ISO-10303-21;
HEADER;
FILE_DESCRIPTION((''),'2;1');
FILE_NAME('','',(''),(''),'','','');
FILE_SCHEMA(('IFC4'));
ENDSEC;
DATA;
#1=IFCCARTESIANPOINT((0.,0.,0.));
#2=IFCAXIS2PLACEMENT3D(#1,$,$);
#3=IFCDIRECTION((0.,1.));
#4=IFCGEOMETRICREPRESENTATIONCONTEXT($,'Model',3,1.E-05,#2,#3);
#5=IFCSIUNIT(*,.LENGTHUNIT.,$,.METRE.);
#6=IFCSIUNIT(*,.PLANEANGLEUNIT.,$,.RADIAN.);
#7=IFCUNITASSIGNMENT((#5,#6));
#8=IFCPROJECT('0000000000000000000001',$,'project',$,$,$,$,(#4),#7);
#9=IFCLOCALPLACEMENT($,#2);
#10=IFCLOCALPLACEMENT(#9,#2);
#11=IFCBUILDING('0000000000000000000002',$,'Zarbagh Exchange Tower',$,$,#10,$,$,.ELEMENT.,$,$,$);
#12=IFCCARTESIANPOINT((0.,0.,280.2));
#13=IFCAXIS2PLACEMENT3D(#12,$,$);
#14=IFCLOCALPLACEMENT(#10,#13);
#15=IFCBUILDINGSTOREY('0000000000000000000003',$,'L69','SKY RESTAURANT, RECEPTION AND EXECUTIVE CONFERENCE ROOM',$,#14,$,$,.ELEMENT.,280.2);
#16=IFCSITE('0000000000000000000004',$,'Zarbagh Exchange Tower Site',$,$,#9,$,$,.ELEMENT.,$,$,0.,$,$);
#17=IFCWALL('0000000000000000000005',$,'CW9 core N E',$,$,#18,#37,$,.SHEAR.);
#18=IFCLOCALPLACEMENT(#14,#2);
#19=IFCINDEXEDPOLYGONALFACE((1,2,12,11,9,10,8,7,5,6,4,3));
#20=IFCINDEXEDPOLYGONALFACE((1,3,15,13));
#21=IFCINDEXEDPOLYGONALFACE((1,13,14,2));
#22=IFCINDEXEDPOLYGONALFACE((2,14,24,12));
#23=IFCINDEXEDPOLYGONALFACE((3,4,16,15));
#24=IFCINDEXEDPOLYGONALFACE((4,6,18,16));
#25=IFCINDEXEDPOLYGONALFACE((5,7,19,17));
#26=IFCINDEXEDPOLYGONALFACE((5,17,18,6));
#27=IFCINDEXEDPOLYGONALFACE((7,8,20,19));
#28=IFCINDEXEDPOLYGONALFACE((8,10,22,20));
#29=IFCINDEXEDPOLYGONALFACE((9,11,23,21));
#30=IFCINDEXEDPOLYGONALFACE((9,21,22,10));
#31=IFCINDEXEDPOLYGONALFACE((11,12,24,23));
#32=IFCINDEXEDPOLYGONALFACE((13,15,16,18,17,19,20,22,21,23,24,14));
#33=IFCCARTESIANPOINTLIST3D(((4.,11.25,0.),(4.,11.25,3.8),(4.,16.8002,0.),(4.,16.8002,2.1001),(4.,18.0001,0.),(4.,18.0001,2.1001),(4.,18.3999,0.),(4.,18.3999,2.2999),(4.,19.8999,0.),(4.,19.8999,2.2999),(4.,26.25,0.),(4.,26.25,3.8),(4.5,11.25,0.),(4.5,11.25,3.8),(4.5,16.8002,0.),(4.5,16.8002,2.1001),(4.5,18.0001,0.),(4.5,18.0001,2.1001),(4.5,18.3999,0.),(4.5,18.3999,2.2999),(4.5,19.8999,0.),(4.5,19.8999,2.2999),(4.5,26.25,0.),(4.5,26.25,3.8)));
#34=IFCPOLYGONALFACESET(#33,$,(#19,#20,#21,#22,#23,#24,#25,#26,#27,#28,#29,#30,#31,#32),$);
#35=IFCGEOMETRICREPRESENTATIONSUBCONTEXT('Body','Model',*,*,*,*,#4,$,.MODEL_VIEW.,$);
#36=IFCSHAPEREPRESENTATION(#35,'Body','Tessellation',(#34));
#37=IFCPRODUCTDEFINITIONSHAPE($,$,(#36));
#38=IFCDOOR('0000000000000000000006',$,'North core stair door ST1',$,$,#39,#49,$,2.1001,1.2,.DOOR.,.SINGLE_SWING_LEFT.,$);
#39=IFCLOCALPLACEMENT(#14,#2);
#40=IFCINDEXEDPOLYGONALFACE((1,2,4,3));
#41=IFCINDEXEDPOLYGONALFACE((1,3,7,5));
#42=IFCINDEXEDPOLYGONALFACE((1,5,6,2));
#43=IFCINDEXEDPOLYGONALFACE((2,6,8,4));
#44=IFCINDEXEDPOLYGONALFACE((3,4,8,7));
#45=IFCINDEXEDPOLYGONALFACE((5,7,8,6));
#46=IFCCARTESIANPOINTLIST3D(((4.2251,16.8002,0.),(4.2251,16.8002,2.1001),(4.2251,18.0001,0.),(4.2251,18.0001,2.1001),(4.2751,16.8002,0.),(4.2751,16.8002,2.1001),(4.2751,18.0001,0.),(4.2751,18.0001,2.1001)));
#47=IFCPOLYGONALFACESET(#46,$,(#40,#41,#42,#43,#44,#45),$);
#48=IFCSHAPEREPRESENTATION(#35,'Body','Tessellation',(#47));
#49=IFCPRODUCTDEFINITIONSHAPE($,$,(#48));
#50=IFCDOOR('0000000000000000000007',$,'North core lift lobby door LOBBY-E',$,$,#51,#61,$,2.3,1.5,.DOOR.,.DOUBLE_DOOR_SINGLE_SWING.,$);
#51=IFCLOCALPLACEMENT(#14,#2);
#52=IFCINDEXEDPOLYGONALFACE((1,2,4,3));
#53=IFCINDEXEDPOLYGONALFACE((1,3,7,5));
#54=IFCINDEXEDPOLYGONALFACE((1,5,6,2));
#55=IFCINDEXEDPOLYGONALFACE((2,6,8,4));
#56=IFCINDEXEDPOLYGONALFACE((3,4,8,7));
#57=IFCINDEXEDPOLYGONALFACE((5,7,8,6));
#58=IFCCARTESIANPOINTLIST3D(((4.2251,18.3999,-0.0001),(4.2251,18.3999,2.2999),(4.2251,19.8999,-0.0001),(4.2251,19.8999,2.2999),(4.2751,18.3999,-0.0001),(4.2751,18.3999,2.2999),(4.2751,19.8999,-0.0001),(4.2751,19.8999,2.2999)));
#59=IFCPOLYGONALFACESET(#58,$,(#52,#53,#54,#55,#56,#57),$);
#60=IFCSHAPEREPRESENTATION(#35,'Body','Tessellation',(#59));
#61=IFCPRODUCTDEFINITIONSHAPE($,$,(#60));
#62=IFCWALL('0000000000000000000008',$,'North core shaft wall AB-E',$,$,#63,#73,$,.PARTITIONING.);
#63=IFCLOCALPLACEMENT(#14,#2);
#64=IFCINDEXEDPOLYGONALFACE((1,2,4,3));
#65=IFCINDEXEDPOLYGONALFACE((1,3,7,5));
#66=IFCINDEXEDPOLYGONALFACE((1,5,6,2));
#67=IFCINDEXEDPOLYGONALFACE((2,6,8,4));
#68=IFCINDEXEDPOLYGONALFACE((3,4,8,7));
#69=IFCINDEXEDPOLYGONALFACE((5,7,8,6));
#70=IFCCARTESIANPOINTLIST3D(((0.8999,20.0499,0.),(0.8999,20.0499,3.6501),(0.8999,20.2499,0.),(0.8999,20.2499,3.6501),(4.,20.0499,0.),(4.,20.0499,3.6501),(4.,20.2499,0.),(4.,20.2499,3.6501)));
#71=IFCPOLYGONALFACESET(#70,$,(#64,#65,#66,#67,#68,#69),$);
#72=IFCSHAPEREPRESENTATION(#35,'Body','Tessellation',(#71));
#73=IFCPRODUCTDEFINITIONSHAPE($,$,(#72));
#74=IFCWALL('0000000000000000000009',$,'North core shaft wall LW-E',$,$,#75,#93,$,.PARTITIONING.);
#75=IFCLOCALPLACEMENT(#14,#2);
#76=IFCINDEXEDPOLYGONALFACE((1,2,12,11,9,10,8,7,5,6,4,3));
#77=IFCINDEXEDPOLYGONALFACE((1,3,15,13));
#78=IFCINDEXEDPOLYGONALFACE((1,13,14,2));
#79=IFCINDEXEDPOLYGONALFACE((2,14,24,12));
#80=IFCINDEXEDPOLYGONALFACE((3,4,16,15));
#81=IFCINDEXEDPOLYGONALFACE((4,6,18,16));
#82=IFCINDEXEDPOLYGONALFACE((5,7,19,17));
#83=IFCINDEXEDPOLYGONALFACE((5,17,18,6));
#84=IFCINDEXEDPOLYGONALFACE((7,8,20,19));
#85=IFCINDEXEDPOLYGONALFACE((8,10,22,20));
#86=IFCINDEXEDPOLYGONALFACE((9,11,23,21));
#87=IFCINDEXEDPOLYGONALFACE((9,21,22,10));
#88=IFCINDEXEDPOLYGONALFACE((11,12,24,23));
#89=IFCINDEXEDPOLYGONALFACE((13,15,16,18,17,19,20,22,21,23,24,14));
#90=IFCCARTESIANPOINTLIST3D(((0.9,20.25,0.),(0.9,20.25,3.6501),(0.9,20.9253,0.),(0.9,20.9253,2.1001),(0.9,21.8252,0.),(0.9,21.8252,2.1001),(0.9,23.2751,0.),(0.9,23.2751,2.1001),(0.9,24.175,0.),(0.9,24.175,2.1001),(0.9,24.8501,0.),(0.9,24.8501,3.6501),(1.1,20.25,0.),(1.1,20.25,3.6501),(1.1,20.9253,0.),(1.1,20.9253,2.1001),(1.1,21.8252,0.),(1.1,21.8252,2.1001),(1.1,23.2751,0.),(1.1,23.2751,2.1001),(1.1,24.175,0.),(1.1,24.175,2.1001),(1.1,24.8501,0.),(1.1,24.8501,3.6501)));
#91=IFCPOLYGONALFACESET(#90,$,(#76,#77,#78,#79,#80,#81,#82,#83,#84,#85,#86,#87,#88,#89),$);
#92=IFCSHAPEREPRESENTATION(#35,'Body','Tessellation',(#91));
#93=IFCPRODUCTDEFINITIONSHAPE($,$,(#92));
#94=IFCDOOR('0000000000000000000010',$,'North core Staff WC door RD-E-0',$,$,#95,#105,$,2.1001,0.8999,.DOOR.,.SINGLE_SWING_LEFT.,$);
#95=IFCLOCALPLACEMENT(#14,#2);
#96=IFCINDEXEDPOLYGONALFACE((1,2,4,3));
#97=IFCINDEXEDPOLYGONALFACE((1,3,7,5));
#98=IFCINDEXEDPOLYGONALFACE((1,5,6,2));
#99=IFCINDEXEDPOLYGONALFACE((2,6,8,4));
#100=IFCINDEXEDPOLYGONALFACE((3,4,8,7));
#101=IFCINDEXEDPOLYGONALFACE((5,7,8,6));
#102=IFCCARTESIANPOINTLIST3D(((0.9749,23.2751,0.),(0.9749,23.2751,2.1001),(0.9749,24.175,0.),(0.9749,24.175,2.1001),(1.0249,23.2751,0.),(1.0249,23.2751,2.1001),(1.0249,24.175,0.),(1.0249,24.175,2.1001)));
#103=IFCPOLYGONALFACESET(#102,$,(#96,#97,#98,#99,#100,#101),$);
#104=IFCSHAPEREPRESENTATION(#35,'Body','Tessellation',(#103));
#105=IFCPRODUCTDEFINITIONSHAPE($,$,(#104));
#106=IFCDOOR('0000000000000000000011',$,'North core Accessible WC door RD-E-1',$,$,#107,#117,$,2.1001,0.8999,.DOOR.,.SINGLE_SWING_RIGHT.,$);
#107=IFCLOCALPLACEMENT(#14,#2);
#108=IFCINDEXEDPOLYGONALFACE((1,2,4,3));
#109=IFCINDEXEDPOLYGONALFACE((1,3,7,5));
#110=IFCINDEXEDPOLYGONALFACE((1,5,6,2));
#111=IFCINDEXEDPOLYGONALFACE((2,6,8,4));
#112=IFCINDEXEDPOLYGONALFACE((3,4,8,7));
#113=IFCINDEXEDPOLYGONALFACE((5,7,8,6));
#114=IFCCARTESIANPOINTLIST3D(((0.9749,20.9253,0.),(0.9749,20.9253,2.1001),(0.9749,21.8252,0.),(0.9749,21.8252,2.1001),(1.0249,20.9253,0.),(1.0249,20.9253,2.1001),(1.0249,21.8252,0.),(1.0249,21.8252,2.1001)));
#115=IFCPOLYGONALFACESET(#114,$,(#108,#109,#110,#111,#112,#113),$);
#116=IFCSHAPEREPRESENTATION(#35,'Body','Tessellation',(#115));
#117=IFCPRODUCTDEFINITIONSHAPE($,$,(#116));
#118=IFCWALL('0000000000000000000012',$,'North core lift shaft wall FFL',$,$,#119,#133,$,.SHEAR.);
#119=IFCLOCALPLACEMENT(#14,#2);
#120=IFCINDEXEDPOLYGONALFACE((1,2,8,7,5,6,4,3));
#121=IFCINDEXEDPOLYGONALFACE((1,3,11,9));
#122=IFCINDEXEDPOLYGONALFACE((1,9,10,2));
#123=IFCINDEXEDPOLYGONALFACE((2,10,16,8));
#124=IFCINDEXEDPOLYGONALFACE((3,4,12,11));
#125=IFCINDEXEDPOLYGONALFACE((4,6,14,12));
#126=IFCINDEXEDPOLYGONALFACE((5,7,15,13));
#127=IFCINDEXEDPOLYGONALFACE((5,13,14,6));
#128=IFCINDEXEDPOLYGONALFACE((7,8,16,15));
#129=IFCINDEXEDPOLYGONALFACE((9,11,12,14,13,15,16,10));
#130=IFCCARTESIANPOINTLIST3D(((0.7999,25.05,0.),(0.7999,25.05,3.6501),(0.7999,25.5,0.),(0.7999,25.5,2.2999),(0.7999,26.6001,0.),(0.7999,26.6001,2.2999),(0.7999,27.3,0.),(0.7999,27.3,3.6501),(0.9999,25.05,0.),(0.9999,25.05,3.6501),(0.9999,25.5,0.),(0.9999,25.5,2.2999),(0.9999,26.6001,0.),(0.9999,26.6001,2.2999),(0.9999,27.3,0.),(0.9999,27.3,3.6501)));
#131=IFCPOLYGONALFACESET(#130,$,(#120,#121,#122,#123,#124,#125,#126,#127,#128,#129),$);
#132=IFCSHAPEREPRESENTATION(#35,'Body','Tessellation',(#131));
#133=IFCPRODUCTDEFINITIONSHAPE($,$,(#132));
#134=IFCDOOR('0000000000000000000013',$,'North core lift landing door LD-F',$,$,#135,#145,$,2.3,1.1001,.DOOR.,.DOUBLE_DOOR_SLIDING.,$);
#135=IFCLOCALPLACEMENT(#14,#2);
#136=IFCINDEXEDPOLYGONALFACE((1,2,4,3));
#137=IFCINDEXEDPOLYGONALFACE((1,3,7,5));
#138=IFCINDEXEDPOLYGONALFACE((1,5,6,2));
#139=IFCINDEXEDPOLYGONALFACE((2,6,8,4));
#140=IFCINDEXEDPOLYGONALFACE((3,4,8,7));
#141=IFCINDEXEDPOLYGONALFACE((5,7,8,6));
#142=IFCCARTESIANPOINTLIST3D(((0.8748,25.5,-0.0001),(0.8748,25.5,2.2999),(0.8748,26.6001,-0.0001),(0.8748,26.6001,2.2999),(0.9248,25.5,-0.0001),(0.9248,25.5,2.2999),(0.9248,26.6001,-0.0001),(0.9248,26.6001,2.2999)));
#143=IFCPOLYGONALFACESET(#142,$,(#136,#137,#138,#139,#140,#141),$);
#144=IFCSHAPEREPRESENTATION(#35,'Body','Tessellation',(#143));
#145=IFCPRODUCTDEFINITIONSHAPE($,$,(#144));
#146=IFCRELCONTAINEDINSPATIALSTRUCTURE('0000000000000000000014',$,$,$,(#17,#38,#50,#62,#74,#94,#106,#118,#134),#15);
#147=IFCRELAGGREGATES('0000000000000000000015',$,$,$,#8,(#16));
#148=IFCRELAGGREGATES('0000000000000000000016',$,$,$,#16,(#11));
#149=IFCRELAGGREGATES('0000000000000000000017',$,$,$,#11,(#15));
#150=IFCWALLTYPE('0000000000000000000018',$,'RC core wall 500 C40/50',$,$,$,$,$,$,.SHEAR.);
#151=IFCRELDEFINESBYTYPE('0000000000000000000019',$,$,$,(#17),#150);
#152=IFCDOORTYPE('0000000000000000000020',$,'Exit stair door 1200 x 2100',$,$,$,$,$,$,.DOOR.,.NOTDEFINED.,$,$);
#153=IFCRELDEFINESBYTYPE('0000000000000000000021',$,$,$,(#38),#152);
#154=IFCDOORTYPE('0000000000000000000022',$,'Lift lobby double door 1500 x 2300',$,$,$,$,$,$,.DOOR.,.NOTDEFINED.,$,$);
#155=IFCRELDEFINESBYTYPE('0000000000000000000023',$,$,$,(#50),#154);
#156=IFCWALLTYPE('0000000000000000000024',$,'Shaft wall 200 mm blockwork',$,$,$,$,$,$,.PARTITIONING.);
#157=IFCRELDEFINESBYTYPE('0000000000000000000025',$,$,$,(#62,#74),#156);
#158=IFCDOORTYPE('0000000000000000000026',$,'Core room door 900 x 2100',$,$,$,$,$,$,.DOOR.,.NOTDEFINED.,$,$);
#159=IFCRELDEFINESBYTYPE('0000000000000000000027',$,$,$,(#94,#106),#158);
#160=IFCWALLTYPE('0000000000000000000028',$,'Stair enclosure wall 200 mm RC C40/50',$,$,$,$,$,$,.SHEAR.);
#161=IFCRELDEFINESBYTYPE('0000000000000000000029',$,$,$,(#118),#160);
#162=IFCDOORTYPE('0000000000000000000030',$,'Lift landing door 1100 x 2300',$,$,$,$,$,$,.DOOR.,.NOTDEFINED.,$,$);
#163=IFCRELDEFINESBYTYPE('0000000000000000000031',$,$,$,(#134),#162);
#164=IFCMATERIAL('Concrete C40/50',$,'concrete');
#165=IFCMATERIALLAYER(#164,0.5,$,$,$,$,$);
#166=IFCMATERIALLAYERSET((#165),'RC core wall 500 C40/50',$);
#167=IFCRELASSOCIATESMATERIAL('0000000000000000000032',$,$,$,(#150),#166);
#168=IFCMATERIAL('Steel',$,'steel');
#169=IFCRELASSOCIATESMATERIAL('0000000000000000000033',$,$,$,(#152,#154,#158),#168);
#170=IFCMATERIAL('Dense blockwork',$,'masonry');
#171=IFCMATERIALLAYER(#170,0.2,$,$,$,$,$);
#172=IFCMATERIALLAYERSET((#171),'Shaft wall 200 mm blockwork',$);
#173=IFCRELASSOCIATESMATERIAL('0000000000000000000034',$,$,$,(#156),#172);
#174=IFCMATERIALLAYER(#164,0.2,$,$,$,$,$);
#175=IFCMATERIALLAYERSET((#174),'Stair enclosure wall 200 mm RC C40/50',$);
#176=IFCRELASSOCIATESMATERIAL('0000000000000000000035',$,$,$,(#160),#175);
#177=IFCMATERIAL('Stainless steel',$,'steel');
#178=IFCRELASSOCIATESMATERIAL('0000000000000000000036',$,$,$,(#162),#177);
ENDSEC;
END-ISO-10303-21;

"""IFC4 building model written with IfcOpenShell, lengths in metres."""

from ifc_helpers import new_model, si_unit, direction, frame, frame_2d, origin, place, context, subcontext, project, spatial, rectangle, extrude, material, layer, layer_set, type_object, element, fill, save


model = new_model("IFC4")

# Units and contexts
model_context = context("Model", 3, precision=1e-05, world=origin(), true_north=direction((0.0, 1.0)))
body_context = subcontext(model_context, "Body", "Model", "MODEL_VIEW")
ifc_project = project(units=[si_unit("LENGTHUNIT", "METRE"), si_unit("PLANEANGLEUNIT", "RADIAN")], contexts=[model_context])

# Site, building, storey
site_placement = place(None, origin())
site = spatial("IfcSite", under=ifc_project, at=site_placement, Name="Zarbagh Exchange Tower Site", CompositionType="ELEMENT", RefElevation=0.0)
building_placement = place(site_placement, origin())
building = spatial("IfcBuilding", under=site, at=building_placement, Name="Zarbagh Exchange Tower", CompositionType="ELEMENT")
storey_placement = place(building_placement, frame((0.0, 0.0, 280.2)))
storey = spatial("IfcBuildingStorey", under=building, at=storey_placement, Name="L69", Description="SKY RESTAURANT, RECEPTION AND EXECUTIVE CONFERENCE ROOM", CompositionType="ELEMENT", Elevation=280.2)

# Shared definitions
ifc_material_1 = material(Name="Concrete C40/50", Category="concrete")

# Shared definitions
ifc_material_2 = material(Name="Dense blockwork", Category="masonry")

# Wall, openings, doors
ifc_layer_1 = layer(ifc_material_1, 0.5)
ifc_layer_set_1 = layer_set([ifc_layer_1], Name="RC core wall 500 C40/50")
wall_type_1 = type_object("IfcWallType", Name="RC core wall 500 C40/50", PredefinedType="SHEAR", material=ifc_layer_set_1)
wall_1_placement = place(storey_placement, frame((4.25, 11.25, 0.0), z_axis=(0.0, 0.0, 1.0), x_axis=(0.0, 1.0, 0.0)))
wall_1 = element("IfcWall", 1, at=wall_1_placement, inside=storey, type_object=wall_type_1, Name="CW9 core N E", PredefinedType="SHEAR", context=body_context, shape_type="SweptSolid", body=[
    extrude(rectangle(XDim=15.0, YDim=0.5, at=frame_2d((7.5, 0.0))), origin(), (0.0, 0.0, 1.0), 3.8),
])
opening_1_placement = place(wall_1_placement, frame((7.1499, 0.0, 0.0)))
opening_1 = element("IfcOpeningElement", 2, at=opening_1_placement, cuts=wall_1, PredefinedType="OPENING", context=body_context, shape_type="SweptSolid", body=[
    extrude(rectangle(XDim=1.5, YDim=2.3, at=frame_2d((0.75, 1.1499))), frame((0.0, 0.26, 0.0), z_axis=(0.0, -1.0, 0.0), x_axis=(1.0, 0.0, 0.0)), (0.0, 0.0, 1.0), 0.52),
])
opening_2_placement = place(wall_1_placement, frame((5.55, 0.0, 0.0)))
opening_2 = element("IfcOpeningElement", 3, at=opening_2_placement, cuts=wall_1, PredefinedType="OPENING", context=body_context, shape_type="SweptSolid", body=[
    extrude(rectangle(XDim=1.2, YDim=2.1001, at=frame_2d((0.6001, 1.05))), frame((0.0, 0.26, 0.0), z_axis=(0.0, -1.0, 0.0), x_axis=(1.0, 0.0, 0.0)), (0.0, 0.0, 1.0), 0.52),
])
ifc_material_3 = material(Name="Steel", Category="steel")
door_type_1 = type_object("IfcDoorType", Name="Exit stair door 1200 x 2100", OperationType="NOTDEFINED", PredefinedType="DOOR", material=ifc_material_3)
door_1_placement = place(opening_2_placement, origin())
door_1 = element("IfcDoor", 4, at=door_1_placement, inside=storey, type_object=door_type_1, Name="North core stair door ST1", OperationType="SINGLE_SWING_LEFT", OverallHeight=2.1001, OverallWidth=1.2, PredefinedType="DOOR", context=body_context, shape_type="SweptSolid", body=[
    extrude(rectangle(XDim=1.2, YDim=2.1001, at=frame_2d((0.6001, 1.05))), frame((0.0, 0.0249, 0.0), z_axis=(0.0, -1.0, 0.0), x_axis=(1.0, 0.0, 0.0)), (0.0, 0.0, 1.0), 0.05),
])
fill(opening_2, door_1)
door_type_2 = type_object("IfcDoorType", Name="Lift lobby double door 1500 x 2300", OperationType="NOTDEFINED", PredefinedType="DOOR", material=ifc_material_3)
door_2_placement = place(opening_1_placement, origin())
door_2 = element("IfcDoor", 5, at=door_2_placement, inside=storey, type_object=door_type_2, Name="North core lift lobby door LOBBY-E", OperationType="DOUBLE_DOOR_SINGLE_SWING", OverallHeight=2.3, OverallWidth=1.5, PredefinedType="DOOR", context=body_context, shape_type="SweptSolid", body=[
    extrude(rectangle(XDim=1.5, YDim=2.3, at=frame_2d((0.75, 1.1499))), frame((0.0, 0.0249, 0.0), z_axis=(0.0, -1.0, 0.0), x_axis=(1.0, 0.0, 0.0)), (0.0, 0.0, 1.0), 0.05),
])
fill(opening_1, door_2)

# Wall
ifc_layer_2 = layer(ifc_material_2, 0.2)
ifc_layer_set_2 = layer_set([ifc_layer_2], Name="Shaft wall 200 mm blockwork")
wall_type_2 = type_object("IfcWallType", Name="Shaft wall 200 mm blockwork", PredefinedType="PARTITIONING", material=ifc_layer_set_2)
wall_2_placement = place(storey_placement, frame((0.8999, 20.1499, 0.0), z_axis=(0.0, 0.0, 1.0), x_axis=(1.0, 0.0, 0.0)))
element("IfcWall", 6, at=wall_2_placement, inside=storey, type_object=wall_type_2, Name="North core shaft wall AB-E", PredefinedType="PARTITIONING", context=body_context, shape_type="SweptSolid", body=[
    extrude(rectangle(XDim=3.1001, YDim=0.2, at=frame_2d((1.55, 0.0))), origin(), (0.0, 0.0, 1.0), 3.6501),
])

# Wall, openings, doors
wall_3_placement = place(storey_placement, frame((1.0, 24.8501, 0.0), z_axis=(0.0, 0.0, 1.0), x_axis=(0.0, -1.0, 0.0)))
wall_3 = element("IfcWall", 7, at=wall_3_placement, inside=storey, type_object=wall_type_2, Name="North core shaft wall LW-E", PredefinedType="PARTITIONING", context=body_context, shape_type="SweptSolid", body=[
    extrude(rectangle(XDim=4.6001, YDim=0.2, at=frame_2d((2.3, 0.0))), origin(), (0.0, 0.0, 1.0), 3.6501),
])
opening_3_placement = place(wall_3_placement, frame((0.675, 0.0, 0.0)))
opening_3 = element("IfcOpeningElement", 8, at=opening_3_placement, cuts=wall_3, PredefinedType="OPENING", context=body_context, shape_type="SweptSolid", body=[
    extrude(rectangle(XDim=0.8999, YDim=2.1001, at=frame_2d((0.45, 1.05))), frame((0.0, 0.1099, 0.0), z_axis=(0.0, -1.0, 0.0), x_axis=(1.0, 0.0, 0.0)), (0.0, 0.0, 1.0), 0.22),
])
opening_4_placement = place(wall_3_placement, frame((3.0249, 0.0, 0.0)))
opening_4 = element("IfcOpeningElement", 9, at=opening_4_placement, cuts=wall_3, PredefinedType="OPENING", context=body_context, shape_type="SweptSolid", body=[
    extrude(rectangle(XDim=0.8999, YDim=2.1001, at=frame_2d((0.45, 1.05))), frame((0.0, 0.1099, 0.0), z_axis=(0.0, -1.0, 0.0), x_axis=(1.0, 0.0, 0.0)), (0.0, 0.0, 1.0), 0.22),
])
door_type_3 = type_object("IfcDoorType", Name="Core room door 900 x 2100", OperationType="NOTDEFINED", PredefinedType="DOOR", material=ifc_material_3)
door_3_placement = place(opening_3_placement, origin())
door_3 = element("IfcDoor", 10, at=door_3_placement, inside=storey, type_object=door_type_3, Name="North core Staff WC door RD-E-0", OperationType="SINGLE_SWING_LEFT", OverallHeight=2.1001, OverallWidth=0.8999, PredefinedType="DOOR", context=body_context, shape_type="SweptSolid", body=[
    extrude(rectangle(XDim=0.8999, YDim=2.1001, at=frame_2d((0.45, 1.05))), frame((0.0, 0.0249, 0.0), z_axis=(0.0, -1.0, 0.0), x_axis=(1.0, 0.0, 0.0)), (0.0, 0.0, 1.0), 0.05),
])
fill(opening_3, door_3)
door_4_placement = place(opening_4_placement, origin())
door_4 = element("IfcDoor", 11, at=door_4_placement, inside=storey, type_object=door_type_3, Name="North core Accessible WC door RD-E-1", OperationType="SINGLE_SWING_RIGHT", OverallHeight=2.1001, OverallWidth=0.8999, PredefinedType="DOOR", context=body_context, shape_type="SweptSolid", body=[
    extrude(rectangle(XDim=0.8999, YDim=2.1001, at=frame_2d((0.45, 1.05))), frame((0.0, 0.0249, 0.0), z_axis=(0.0, -1.0, 0.0), x_axis=(1.0, 0.0, 0.0)), (0.0, 0.0, 1.0), 0.05),
])
fill(opening_4, door_4)

# Wall, opening, door
ifc_layer_3 = layer(ifc_material_1, 0.2)
ifc_layer_set_3 = layer_set([ifc_layer_3], Name="Stair enclosure wall 200 mm RC C40/50")
wall_type_3 = type_object("IfcWallType", Name="Stair enclosure wall 200 mm RC C40/50", PredefinedType="SHEAR", material=ifc_layer_set_3)
wall_4_placement = place(storey_placement, frame((0.8999, 27.3, 0.0), z_axis=(0.0, 0.0, 1.0), x_axis=(0.0, -1.0, 0.0)))
wall_4 = element("IfcWall", 12, at=wall_4_placement, inside=storey, type_object=wall_type_3, Name="North core lift shaft wall FFL", PredefinedType="SHEAR", context=body_context, shape_type="SweptSolid", body=[
    extrude(rectangle(XDim=2.25, YDim=0.2, at=frame_2d((1.125, 0.0))), origin(), (0.0, 0.0, 1.0), 3.6501),
])
opening_5_placement = place(wall_4_placement, frame((0.7, 0.0, 0.0)))
opening_5 = element("IfcOpeningElement", 13, at=opening_5_placement, cuts=wall_4, PredefinedType="OPENING", context=body_context, shape_type="SweptSolid", body=[
    extrude(rectangle(XDim=1.1001, YDim=2.3, at=frame_2d((0.55, 1.1499))), frame((0.0, 0.1099, 0.0), z_axis=(0.0, -1.0, 0.0), x_axis=(1.0, 0.0, 0.0)), (0.0, 0.0, 1.0), 0.22),
])
ifc_material_4 = material(Name="Stainless steel", Category="steel")
door_type_4 = type_object("IfcDoorType", Name="Lift landing door 1100 x 2300", OperationType="NOTDEFINED", PredefinedType="DOOR", material=ifc_material_4)
door_5_placement = place(opening_5_placement, origin())
door_5 = element("IfcDoor", 14, at=door_5_placement, inside=storey, type_object=door_type_4, Name="North core lift landing door LD-F", OperationType="DOUBLE_DOOR_SLIDING", OverallHeight=2.3, OverallWidth=1.1001, PredefinedType="DOOR", context=body_context, shape_type="SweptSolid", body=[
    extrude(rectangle(XDim=1.1001, YDim=2.3, at=frame_2d((0.55, 1.1499))), frame((0.0, 0.0249, 0.0), z_axis=(0.0, -1.0, 0.0), x_axis=(1.0, 0.0, 0.0)), (0.0, 0.0, 1.0), 0.05),
])
fill(opening_5, door_5)

save(model, "model.ifc")
